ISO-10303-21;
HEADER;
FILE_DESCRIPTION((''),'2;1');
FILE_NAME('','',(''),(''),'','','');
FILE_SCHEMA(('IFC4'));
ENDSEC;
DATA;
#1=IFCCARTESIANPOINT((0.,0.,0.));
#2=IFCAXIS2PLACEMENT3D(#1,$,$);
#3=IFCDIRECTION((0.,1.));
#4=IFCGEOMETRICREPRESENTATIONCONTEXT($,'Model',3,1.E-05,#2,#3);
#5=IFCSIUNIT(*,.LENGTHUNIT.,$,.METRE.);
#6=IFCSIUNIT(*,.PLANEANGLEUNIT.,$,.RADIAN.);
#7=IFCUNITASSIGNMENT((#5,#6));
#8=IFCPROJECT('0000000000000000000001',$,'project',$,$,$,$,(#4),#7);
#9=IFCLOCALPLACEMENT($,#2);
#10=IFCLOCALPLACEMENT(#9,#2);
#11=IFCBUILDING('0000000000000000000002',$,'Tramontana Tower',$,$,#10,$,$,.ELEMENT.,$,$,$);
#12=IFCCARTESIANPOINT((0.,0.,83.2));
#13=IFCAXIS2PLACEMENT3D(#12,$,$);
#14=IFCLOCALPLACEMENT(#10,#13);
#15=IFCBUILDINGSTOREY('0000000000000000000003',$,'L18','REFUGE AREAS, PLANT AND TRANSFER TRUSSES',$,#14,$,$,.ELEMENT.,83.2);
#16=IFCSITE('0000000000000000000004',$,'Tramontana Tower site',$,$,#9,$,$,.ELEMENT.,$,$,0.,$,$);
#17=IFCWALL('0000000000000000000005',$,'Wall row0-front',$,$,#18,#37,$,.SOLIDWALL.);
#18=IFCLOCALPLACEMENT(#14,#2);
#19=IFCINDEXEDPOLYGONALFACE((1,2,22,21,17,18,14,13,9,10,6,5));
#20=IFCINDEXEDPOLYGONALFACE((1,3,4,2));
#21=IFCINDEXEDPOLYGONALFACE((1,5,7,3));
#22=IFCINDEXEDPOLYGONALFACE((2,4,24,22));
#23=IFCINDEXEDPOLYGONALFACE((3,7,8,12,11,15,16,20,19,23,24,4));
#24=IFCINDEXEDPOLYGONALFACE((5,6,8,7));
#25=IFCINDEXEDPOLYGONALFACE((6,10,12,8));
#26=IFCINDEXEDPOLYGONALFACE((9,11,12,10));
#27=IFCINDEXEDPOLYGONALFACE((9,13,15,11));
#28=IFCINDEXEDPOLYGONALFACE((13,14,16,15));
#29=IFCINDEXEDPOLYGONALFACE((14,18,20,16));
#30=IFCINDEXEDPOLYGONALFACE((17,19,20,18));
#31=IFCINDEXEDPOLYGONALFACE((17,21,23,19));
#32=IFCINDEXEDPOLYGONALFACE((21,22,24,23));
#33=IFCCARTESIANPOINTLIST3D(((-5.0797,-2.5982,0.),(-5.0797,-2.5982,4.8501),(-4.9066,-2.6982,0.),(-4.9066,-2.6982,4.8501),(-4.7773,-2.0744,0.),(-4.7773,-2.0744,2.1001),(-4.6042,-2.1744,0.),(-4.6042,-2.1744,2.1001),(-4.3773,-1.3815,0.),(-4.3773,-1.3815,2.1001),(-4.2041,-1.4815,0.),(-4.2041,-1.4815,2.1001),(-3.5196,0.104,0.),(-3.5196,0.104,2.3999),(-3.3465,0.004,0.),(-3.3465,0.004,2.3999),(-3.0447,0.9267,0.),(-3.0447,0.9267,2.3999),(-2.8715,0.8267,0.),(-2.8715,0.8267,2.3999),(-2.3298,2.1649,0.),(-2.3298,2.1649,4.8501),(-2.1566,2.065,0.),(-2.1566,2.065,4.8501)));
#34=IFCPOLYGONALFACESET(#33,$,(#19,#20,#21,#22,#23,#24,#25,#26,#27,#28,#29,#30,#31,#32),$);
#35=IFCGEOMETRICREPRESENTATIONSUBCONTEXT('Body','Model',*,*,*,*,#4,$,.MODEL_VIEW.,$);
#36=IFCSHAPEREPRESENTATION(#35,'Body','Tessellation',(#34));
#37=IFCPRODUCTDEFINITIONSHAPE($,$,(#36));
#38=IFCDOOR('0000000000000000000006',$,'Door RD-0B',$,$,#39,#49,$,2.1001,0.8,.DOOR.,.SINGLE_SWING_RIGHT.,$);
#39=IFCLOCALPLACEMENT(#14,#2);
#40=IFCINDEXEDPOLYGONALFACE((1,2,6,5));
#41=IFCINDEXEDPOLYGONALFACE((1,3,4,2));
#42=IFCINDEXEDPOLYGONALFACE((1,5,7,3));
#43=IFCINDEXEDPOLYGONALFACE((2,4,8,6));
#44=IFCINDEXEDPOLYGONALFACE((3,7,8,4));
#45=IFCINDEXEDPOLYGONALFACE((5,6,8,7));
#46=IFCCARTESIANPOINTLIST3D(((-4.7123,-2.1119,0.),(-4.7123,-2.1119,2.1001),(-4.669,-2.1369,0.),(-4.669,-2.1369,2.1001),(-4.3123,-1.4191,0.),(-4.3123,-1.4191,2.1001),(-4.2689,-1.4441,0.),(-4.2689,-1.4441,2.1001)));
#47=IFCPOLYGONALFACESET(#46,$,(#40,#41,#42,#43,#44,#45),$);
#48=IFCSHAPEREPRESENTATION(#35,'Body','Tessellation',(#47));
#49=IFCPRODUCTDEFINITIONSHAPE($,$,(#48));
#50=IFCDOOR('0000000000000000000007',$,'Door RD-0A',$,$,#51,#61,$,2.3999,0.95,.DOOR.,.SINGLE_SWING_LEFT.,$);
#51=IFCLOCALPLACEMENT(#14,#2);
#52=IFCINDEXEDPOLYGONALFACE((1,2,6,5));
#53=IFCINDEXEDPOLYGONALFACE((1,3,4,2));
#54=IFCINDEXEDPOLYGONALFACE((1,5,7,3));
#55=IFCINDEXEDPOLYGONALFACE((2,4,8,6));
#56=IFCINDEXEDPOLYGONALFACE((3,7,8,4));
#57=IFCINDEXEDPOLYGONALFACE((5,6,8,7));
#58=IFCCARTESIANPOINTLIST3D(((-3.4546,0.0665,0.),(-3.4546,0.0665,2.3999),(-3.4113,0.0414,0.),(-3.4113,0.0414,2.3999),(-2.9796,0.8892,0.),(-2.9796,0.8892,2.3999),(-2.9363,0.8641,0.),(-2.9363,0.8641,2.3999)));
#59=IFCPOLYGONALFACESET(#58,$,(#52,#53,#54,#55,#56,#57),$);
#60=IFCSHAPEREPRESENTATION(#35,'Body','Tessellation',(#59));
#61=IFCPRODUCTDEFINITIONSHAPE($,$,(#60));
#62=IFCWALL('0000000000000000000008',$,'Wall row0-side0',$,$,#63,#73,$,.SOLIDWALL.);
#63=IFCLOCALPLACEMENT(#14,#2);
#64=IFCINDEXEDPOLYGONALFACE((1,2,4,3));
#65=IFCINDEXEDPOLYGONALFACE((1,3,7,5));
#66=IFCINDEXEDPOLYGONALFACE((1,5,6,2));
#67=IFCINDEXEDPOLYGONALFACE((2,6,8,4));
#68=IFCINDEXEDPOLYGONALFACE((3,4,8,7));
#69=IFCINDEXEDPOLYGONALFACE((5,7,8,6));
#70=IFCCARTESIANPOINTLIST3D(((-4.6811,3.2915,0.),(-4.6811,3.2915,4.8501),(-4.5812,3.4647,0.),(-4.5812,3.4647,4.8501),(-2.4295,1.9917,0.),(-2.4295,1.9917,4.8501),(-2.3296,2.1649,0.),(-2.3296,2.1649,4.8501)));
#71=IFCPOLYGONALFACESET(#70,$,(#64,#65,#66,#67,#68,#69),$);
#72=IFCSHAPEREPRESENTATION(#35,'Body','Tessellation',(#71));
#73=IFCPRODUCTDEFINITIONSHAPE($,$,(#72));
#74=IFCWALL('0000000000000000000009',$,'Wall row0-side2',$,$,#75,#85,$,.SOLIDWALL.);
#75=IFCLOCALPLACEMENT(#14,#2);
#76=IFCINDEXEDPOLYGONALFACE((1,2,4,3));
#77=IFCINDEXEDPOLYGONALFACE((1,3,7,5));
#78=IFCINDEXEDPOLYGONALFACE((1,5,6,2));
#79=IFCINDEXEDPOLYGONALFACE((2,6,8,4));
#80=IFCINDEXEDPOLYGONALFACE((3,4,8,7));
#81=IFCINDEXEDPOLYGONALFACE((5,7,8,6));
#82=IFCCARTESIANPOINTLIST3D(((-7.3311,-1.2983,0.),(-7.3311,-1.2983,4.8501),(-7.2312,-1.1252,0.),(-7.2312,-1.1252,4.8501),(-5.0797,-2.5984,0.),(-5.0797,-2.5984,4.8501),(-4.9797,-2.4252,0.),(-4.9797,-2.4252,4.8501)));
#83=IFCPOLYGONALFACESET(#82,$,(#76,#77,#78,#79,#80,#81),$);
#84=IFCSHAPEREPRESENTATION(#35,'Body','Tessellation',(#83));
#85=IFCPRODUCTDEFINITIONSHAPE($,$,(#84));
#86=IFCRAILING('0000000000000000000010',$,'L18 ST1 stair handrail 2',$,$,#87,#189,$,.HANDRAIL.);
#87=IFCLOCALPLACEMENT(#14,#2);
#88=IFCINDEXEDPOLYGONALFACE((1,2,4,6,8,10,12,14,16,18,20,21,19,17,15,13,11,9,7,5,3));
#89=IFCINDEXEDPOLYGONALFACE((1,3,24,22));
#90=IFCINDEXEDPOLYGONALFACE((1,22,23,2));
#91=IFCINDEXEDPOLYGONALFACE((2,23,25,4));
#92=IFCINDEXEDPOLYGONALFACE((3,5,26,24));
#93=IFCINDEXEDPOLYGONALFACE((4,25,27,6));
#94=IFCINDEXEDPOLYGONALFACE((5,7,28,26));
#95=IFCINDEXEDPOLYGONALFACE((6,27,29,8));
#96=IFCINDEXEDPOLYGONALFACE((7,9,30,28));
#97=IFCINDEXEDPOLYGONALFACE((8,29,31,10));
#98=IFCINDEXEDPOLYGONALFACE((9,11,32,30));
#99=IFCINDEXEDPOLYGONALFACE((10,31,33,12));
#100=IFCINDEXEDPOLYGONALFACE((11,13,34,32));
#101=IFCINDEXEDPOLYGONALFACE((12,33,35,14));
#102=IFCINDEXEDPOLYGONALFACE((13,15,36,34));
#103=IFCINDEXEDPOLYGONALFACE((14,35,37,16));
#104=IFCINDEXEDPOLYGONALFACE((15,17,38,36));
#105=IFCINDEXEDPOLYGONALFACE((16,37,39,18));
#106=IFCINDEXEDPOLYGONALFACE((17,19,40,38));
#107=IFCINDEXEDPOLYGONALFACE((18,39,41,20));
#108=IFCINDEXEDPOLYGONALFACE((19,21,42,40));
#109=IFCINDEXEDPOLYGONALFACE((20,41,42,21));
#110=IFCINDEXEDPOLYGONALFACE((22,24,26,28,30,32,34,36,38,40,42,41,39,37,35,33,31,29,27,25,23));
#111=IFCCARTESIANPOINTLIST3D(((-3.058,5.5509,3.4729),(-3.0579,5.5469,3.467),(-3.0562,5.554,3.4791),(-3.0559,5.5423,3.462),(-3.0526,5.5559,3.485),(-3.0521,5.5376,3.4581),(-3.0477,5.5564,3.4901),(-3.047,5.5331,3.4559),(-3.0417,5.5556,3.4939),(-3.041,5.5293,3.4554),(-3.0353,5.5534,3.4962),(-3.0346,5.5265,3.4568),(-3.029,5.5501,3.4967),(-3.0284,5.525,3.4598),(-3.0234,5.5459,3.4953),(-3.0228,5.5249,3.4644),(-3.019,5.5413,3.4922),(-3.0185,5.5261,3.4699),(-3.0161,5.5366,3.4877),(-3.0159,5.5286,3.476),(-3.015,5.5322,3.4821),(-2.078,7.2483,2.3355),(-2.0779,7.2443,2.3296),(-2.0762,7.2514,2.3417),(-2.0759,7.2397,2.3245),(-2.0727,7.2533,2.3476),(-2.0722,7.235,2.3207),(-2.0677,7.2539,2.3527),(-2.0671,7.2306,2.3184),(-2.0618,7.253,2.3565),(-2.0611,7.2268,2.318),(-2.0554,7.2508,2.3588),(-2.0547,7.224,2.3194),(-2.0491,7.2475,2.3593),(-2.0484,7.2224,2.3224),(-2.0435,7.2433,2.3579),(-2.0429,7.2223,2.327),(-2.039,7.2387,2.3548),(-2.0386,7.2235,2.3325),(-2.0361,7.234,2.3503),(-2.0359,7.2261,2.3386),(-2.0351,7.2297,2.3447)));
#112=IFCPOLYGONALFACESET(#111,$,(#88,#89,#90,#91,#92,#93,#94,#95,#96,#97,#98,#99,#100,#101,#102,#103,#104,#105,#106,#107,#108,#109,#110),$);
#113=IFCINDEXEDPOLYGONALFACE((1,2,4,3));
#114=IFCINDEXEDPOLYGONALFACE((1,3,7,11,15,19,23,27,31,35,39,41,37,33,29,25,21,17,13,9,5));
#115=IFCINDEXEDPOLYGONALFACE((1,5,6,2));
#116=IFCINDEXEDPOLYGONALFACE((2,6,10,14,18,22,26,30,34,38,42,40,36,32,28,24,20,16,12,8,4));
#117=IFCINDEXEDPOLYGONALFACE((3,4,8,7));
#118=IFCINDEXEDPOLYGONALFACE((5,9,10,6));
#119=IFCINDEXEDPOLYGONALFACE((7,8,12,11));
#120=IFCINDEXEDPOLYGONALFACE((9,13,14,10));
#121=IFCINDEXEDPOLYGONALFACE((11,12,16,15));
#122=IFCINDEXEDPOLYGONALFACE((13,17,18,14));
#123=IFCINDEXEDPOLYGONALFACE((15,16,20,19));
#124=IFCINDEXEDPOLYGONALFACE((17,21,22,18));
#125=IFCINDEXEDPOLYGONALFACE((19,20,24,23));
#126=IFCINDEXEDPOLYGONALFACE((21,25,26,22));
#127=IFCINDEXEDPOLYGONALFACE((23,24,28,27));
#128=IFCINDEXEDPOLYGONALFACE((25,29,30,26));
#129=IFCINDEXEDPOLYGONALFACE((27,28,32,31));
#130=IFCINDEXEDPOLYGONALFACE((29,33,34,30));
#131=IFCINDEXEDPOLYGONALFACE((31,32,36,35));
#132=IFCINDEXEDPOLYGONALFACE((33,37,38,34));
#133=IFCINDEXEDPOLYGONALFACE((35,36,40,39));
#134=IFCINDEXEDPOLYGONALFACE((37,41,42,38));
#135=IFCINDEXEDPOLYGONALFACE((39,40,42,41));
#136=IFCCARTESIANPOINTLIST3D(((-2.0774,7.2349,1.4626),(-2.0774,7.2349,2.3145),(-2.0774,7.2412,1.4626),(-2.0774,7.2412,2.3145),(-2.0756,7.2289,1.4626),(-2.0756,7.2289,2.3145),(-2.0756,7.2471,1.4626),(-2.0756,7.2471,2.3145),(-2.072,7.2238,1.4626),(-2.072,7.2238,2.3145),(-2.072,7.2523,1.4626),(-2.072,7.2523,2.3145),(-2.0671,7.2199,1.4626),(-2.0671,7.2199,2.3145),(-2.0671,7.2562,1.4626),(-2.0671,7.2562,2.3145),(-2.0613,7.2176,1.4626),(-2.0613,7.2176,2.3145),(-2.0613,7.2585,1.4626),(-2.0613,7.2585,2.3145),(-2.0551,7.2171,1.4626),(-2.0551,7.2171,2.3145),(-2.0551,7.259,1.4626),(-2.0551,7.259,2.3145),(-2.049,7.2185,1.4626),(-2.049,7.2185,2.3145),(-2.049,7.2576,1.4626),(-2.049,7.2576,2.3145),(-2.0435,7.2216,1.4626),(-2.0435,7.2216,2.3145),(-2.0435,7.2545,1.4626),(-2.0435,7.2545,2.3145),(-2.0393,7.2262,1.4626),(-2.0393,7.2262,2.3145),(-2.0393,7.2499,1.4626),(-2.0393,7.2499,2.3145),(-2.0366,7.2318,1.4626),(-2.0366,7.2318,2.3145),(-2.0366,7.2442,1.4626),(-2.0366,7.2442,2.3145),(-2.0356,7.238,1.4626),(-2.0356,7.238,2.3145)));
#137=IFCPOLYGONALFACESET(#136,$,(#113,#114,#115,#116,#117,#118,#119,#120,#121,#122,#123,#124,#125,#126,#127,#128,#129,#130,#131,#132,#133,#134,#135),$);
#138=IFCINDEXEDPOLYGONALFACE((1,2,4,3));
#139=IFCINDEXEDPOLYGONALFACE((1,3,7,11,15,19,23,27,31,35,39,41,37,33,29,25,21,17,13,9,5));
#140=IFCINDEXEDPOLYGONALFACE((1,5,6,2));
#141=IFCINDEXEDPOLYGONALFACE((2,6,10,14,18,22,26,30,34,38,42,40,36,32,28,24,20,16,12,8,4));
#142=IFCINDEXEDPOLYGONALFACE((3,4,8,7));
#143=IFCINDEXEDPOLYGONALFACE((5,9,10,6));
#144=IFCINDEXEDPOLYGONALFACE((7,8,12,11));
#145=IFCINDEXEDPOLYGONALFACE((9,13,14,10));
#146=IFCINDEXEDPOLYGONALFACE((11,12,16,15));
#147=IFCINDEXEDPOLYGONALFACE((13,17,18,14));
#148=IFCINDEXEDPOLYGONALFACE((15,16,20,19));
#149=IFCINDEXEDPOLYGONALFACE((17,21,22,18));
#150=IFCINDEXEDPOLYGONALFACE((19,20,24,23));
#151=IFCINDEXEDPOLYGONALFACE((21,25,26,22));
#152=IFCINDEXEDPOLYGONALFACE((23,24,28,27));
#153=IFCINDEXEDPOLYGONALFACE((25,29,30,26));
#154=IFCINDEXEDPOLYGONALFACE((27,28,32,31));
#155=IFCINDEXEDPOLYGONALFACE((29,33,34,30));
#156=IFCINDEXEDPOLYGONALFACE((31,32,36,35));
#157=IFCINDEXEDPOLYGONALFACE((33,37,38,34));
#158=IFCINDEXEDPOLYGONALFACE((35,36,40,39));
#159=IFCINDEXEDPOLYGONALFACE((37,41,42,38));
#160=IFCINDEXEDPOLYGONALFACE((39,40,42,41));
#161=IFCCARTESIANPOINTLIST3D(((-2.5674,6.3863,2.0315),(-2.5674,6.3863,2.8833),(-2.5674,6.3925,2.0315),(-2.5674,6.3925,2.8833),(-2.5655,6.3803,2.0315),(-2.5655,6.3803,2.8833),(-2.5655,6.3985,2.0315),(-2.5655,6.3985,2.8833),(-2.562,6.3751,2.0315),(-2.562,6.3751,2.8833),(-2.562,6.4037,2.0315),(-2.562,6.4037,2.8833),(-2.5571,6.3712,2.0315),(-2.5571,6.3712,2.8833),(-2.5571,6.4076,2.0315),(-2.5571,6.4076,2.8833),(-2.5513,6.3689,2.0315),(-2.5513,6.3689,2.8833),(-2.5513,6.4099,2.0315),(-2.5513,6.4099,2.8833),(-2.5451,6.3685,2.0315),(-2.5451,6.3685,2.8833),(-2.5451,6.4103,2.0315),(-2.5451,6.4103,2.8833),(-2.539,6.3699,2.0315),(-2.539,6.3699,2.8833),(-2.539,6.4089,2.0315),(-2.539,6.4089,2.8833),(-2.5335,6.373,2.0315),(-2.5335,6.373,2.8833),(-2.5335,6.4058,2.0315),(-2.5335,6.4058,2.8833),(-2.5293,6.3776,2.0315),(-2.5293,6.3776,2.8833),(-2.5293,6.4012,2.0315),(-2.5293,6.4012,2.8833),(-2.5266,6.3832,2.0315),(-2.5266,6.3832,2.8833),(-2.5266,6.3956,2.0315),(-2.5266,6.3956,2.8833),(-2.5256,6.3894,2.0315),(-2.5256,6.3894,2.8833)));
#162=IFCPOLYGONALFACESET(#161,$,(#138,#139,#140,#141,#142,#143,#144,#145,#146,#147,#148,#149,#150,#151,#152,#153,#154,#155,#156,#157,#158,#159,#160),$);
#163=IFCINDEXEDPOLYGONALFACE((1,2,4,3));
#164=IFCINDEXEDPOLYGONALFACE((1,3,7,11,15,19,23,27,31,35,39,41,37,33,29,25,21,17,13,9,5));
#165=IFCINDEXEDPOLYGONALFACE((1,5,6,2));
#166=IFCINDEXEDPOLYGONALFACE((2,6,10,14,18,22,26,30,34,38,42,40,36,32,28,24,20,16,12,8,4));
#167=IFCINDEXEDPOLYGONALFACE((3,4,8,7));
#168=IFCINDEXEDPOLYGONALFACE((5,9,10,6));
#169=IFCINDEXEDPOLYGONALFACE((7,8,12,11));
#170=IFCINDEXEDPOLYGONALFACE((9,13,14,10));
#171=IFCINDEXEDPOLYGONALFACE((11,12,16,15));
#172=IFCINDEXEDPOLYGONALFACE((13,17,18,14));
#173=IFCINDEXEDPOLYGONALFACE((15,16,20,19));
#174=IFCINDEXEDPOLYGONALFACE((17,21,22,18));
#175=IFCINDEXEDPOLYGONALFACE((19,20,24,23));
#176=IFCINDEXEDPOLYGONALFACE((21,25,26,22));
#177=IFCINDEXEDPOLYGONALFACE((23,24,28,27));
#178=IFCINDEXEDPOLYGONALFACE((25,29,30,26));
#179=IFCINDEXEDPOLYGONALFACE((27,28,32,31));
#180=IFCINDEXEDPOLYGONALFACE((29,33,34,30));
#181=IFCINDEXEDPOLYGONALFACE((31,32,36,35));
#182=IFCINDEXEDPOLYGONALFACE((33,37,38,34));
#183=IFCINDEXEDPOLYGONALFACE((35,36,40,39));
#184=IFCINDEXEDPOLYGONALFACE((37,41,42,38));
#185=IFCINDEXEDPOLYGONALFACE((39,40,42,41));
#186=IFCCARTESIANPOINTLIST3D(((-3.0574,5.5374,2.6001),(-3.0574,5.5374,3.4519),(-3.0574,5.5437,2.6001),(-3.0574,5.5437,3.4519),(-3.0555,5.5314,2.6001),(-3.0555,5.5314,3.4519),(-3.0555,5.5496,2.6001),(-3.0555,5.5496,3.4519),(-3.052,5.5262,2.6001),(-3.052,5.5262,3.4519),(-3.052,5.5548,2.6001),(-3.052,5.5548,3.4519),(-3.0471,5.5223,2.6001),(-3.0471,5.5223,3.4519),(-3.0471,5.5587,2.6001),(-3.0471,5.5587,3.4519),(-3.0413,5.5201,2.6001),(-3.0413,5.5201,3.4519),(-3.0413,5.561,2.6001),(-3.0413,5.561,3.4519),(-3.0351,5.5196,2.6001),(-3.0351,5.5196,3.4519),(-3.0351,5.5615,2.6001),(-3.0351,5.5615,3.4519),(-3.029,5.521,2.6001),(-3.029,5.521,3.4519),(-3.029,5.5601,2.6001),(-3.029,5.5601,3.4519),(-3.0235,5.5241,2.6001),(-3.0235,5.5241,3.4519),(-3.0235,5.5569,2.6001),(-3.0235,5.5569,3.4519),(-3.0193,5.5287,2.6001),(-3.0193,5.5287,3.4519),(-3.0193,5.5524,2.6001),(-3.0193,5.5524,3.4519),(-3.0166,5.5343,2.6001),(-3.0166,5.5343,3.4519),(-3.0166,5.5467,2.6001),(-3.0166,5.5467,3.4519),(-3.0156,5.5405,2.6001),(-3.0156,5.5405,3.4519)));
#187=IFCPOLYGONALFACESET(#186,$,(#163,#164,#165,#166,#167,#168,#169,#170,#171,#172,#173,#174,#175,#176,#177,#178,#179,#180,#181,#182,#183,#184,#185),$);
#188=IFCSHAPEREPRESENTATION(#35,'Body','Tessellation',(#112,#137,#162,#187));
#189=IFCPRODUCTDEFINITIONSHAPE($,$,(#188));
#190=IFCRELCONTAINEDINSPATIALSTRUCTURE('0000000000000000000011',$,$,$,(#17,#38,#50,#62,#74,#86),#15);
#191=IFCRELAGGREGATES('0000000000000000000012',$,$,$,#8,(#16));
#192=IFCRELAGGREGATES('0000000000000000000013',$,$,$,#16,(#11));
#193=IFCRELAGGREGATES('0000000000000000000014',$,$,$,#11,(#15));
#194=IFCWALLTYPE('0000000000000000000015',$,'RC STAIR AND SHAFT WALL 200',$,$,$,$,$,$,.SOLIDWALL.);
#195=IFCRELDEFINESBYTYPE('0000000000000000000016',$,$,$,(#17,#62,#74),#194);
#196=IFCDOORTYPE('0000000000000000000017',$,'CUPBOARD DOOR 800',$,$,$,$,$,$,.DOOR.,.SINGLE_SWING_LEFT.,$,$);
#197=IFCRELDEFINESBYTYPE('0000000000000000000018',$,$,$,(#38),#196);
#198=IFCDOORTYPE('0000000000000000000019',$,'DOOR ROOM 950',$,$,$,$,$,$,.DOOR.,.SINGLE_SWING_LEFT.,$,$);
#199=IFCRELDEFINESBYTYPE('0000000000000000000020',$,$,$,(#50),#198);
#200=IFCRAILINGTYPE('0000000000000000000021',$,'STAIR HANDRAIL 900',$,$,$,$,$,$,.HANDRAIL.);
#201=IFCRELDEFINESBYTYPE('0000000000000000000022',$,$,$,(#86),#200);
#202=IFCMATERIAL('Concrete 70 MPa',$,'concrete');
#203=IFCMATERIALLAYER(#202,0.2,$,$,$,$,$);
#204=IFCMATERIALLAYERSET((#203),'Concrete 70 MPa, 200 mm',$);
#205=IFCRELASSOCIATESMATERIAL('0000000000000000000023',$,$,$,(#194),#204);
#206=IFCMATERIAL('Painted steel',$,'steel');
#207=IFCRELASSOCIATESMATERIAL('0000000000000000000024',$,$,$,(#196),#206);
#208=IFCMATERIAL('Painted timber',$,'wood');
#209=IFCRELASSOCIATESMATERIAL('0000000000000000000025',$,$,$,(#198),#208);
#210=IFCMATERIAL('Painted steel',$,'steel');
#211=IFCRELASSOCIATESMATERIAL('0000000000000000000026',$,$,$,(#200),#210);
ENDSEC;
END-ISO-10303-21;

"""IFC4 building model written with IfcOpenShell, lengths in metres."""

from ifc_helpers import new_model, si_unit, direction, frame, frame_2d, origin, origin_2d, place, context, subcontext, project, spatial, rectangle, circle, extrude, material, layer, layer_set, type_object, element, fill, save


model = new_model("IFC4")

# Units and contexts
model_context = context("Model", 3, precision=1e-05, world=origin(), true_north=direction((0.0, 1.0)))
body_context = subcontext(model_context, "Body", "Model", "MODEL_VIEW")
ifc_project = project(units=[si_unit("LENGTHUNIT", "METRE"), si_unit("PLANEANGLEUNIT", "RADIAN")], contexts=[model_context])

# Site, building, storey
site_placement = place(None, origin())
site = spatial("IfcSite", under=ifc_project, at=site_placement, Name="Tramontana Tower site", CompositionType="ELEMENT", RefElevation=0.0)
building_placement = place(site_placement, origin())
building = spatial("IfcBuilding", under=site, at=building_placement, Name="Tramontana Tower", CompositionType="ELEMENT")
storey_placement = place(building_placement, frame((0.0, 0.0, 83.2)))
storey = spatial("IfcBuildingStorey", under=building, at=storey_placement, Name="L18", Description="REFUGE AREAS, PLANT AND TRANSFER TRUSSES", CompositionType="ELEMENT", Elevation=83.2)

# Wall, openings, doors
ifc_material_1 = material(Name="Concrete 70 MPa", Category="concrete")
ifc_layer_1 = layer(ifc_material_1, 0.2)
ifc_layer_set_1 = layer_set([ifc_layer_1], Name="Concrete 70 MPa, 200 mm")
wall_type_1 = type_object("IfcWallType", Name="RC STAIR AND SHAFT WALL 200", PredefinedType="SOLIDWALL", material=ifc_layer_set_1)
wall_1_placement = place(storey_placement, frame((-4.9932, -2.6482, 0.0), z_axis=(0.0, 0.0, 1.0), x_axis=(0.499997, 0.866027, 0.0)))
wall_1 = element("IfcWall", 1, at=wall_1_placement, inside=storey, type_object=wall_type_1, Name="Wall row0-front", PredefinedType="SOLIDWALL", context=body_context, shape_type="SweptSolid", body=[
    extrude(rectangle(XDim=5.5, YDim=0.2, at=frame_2d((2.75, 0.0))), origin(), (0.0, 0.0, 1.0), 4.8501),
])
opening_1_placement = place(wall_1_placement, frame((3.1201, 0.0, 0.0)))
opening_1 = element("IfcOpeningElement", 2, at=opening_1_placement, cuts=wall_1, PredefinedType="OPENING", context=body_context, shape_type="SweptSolid", body=[
    extrude(rectangle(XDim=0.95, YDim=2.3999, at=frame_2d((0.4751, 1.2))), frame((0.0, 0.1099, 0.0), z_axis=(0.0, -1.0, 0.0), x_axis=(1.0, 0.0, 0.0)), (0.0, 0.0, 1.0), 0.22),
])
opening_2_placement = place(wall_1_placement, frame((0.605, 0.0, 0.0)))
opening_2 = element("IfcOpeningElement", 3, at=opening_2_placement, cuts=wall_1, PredefinedType="OPENING", context=body_context, shape_type="SweptSolid", body=[
    extrude(rectangle(XDim=0.8, YDim=2.1001, at=frame_2d((0.3999, 1.05))), frame((0.0, 0.1099, 0.0), z_axis=(0.0, -1.0, 0.0), x_axis=(1.0, 0.0, 0.0)), (0.0, 0.0, 1.0), 0.22),
])
ifc_material_2 = material(Name="Painted steel", Category="steel")
door_type_1 = type_object("IfcDoorType", Name="CUPBOARD DOOR 800", OperationType="SINGLE_SWING_LEFT", PredefinedType="DOOR", material=ifc_material_2)
door_1_placement = place(opening_2_placement, origin())
door_1 = element("IfcDoor", 4, at=door_1_placement, inside=storey, type_object=door_type_1, Name="Door RD-0B", OperationType="SINGLE_SWING_RIGHT", OverallHeight=2.1001, OverallWidth=0.8, PredefinedType="DOOR", context=body_context, shape_type="SweptSolid", body=[
    extrude(rectangle(XDim=0.8, YDim=2.1001, at=frame_2d((0.3999, 1.05))), frame((0.0, 0.0249, 0.0), z_axis=(0.0, -1.0, 0.0), x_axis=(1.0, 0.0, 0.0)), (0.0, 0.0, 1.0), 0.05),
])
fill(opening_2, door_1)
ifc_material_3 = material(Name="Painted timber", Category="wood")
door_type_2 = type_object("IfcDoorType", Name="DOOR ROOM 950", OperationType="SINGLE_SWING_LEFT", PredefinedType="DOOR", material=ifc_material_3)
door_2_placement = place(opening_1_placement, origin())
door_2 = element("IfcDoor", 5, at=door_2_placement, inside=storey, type_object=door_type_2, Name="Door RD-0A", OperationType="SINGLE_SWING_LEFT", OverallHeight=2.3999, OverallWidth=0.95, PredefinedType="DOOR", context=body_context, shape_type="SweptSolid", body=[
    extrude(rectangle(XDim=0.95, YDim=2.3999, at=frame_2d((0.4751, 1.2))), frame((0.0, 0.0249, 0.0), z_axis=(0.0, -1.0, 0.0), x_axis=(1.0, 0.0, 0.0)), (0.0, 0.0, 1.0), 0.05),
])
fill(opening_1, door_2)

# Walls
for number, where, z_axis, x_axis, name in (
    (6, (-2.3796, 2.0784, 0.0), (0.0, 0.0, 1.0), (-0.866062, 0.499937, 0.0), "Wall row0-side0"),
    (7, (-5.0298, -2.5117, 0.0), (0.0, 0.0, 1.0), (-0.865998, 0.500048, 0.0), "Wall row0-side2"),
):
    element("IfcWall", number, at=place(storey_placement, frame(where, z_axis=z_axis, x_axis=x_axis)), inside=storey, type_object=wall_type_1, Name=name, PredefinedType="SOLIDWALL", context=body_context, shape_type="SweptSolid", body=[
        extrude(rectangle(XDim=2.5999, YDim=0.2, at=frame_2d((1.2998, 0.0))), origin(), (0.0, 0.0, 1.0), 4.8501),
    ])

# Railing
ifc_material_4 = material(Name="Painted steel", Category="steel")
railing_type = type_object("IfcRailingType", Name="STAIR HANDRAIL 900", PredefinedType="HANDRAIL", material=ifc_material_4)
for number, where, name in (
    (8, (-2.0566, 7.238, 1.4626), "L18 ST1 stair handrail 2"),
):
    element("IfcRailing", number, at=place(storey_placement, frame(where)), inside=storey, type_object=railing_type, Name=name, PredefinedType="HANDRAIL", context=body_context, shape_type="SweptSolid", body=[
        extrude(circle(Radius=0.0239, at=origin_2d()), frame((0.0, 0.0, 0.876), z_axis=(-0.432432, -0.749053, 0.501918), x_axis=(0.866042, -0.49997, 0.0)), (0.0, 0.0, 1.0), 2.2661),
        extrude(circle(Radius=0.021, at=origin_2d()), origin(), (0.0, 0.0, 1.0), 0.8518),
        extrude(circle(Radius=0.021, at=origin_2d()), frame((-0.49, -0.8486, 0.5688)), (0.0, 0.0, 1.0), 0.8518),
        extrude(circle(Radius=0.021, at=origin_2d()), frame((-0.98, -1.6975, 1.1375)), (0.0, 0.0, 1.0), 0.8518),
    ])

save(model, "model.ifc")
